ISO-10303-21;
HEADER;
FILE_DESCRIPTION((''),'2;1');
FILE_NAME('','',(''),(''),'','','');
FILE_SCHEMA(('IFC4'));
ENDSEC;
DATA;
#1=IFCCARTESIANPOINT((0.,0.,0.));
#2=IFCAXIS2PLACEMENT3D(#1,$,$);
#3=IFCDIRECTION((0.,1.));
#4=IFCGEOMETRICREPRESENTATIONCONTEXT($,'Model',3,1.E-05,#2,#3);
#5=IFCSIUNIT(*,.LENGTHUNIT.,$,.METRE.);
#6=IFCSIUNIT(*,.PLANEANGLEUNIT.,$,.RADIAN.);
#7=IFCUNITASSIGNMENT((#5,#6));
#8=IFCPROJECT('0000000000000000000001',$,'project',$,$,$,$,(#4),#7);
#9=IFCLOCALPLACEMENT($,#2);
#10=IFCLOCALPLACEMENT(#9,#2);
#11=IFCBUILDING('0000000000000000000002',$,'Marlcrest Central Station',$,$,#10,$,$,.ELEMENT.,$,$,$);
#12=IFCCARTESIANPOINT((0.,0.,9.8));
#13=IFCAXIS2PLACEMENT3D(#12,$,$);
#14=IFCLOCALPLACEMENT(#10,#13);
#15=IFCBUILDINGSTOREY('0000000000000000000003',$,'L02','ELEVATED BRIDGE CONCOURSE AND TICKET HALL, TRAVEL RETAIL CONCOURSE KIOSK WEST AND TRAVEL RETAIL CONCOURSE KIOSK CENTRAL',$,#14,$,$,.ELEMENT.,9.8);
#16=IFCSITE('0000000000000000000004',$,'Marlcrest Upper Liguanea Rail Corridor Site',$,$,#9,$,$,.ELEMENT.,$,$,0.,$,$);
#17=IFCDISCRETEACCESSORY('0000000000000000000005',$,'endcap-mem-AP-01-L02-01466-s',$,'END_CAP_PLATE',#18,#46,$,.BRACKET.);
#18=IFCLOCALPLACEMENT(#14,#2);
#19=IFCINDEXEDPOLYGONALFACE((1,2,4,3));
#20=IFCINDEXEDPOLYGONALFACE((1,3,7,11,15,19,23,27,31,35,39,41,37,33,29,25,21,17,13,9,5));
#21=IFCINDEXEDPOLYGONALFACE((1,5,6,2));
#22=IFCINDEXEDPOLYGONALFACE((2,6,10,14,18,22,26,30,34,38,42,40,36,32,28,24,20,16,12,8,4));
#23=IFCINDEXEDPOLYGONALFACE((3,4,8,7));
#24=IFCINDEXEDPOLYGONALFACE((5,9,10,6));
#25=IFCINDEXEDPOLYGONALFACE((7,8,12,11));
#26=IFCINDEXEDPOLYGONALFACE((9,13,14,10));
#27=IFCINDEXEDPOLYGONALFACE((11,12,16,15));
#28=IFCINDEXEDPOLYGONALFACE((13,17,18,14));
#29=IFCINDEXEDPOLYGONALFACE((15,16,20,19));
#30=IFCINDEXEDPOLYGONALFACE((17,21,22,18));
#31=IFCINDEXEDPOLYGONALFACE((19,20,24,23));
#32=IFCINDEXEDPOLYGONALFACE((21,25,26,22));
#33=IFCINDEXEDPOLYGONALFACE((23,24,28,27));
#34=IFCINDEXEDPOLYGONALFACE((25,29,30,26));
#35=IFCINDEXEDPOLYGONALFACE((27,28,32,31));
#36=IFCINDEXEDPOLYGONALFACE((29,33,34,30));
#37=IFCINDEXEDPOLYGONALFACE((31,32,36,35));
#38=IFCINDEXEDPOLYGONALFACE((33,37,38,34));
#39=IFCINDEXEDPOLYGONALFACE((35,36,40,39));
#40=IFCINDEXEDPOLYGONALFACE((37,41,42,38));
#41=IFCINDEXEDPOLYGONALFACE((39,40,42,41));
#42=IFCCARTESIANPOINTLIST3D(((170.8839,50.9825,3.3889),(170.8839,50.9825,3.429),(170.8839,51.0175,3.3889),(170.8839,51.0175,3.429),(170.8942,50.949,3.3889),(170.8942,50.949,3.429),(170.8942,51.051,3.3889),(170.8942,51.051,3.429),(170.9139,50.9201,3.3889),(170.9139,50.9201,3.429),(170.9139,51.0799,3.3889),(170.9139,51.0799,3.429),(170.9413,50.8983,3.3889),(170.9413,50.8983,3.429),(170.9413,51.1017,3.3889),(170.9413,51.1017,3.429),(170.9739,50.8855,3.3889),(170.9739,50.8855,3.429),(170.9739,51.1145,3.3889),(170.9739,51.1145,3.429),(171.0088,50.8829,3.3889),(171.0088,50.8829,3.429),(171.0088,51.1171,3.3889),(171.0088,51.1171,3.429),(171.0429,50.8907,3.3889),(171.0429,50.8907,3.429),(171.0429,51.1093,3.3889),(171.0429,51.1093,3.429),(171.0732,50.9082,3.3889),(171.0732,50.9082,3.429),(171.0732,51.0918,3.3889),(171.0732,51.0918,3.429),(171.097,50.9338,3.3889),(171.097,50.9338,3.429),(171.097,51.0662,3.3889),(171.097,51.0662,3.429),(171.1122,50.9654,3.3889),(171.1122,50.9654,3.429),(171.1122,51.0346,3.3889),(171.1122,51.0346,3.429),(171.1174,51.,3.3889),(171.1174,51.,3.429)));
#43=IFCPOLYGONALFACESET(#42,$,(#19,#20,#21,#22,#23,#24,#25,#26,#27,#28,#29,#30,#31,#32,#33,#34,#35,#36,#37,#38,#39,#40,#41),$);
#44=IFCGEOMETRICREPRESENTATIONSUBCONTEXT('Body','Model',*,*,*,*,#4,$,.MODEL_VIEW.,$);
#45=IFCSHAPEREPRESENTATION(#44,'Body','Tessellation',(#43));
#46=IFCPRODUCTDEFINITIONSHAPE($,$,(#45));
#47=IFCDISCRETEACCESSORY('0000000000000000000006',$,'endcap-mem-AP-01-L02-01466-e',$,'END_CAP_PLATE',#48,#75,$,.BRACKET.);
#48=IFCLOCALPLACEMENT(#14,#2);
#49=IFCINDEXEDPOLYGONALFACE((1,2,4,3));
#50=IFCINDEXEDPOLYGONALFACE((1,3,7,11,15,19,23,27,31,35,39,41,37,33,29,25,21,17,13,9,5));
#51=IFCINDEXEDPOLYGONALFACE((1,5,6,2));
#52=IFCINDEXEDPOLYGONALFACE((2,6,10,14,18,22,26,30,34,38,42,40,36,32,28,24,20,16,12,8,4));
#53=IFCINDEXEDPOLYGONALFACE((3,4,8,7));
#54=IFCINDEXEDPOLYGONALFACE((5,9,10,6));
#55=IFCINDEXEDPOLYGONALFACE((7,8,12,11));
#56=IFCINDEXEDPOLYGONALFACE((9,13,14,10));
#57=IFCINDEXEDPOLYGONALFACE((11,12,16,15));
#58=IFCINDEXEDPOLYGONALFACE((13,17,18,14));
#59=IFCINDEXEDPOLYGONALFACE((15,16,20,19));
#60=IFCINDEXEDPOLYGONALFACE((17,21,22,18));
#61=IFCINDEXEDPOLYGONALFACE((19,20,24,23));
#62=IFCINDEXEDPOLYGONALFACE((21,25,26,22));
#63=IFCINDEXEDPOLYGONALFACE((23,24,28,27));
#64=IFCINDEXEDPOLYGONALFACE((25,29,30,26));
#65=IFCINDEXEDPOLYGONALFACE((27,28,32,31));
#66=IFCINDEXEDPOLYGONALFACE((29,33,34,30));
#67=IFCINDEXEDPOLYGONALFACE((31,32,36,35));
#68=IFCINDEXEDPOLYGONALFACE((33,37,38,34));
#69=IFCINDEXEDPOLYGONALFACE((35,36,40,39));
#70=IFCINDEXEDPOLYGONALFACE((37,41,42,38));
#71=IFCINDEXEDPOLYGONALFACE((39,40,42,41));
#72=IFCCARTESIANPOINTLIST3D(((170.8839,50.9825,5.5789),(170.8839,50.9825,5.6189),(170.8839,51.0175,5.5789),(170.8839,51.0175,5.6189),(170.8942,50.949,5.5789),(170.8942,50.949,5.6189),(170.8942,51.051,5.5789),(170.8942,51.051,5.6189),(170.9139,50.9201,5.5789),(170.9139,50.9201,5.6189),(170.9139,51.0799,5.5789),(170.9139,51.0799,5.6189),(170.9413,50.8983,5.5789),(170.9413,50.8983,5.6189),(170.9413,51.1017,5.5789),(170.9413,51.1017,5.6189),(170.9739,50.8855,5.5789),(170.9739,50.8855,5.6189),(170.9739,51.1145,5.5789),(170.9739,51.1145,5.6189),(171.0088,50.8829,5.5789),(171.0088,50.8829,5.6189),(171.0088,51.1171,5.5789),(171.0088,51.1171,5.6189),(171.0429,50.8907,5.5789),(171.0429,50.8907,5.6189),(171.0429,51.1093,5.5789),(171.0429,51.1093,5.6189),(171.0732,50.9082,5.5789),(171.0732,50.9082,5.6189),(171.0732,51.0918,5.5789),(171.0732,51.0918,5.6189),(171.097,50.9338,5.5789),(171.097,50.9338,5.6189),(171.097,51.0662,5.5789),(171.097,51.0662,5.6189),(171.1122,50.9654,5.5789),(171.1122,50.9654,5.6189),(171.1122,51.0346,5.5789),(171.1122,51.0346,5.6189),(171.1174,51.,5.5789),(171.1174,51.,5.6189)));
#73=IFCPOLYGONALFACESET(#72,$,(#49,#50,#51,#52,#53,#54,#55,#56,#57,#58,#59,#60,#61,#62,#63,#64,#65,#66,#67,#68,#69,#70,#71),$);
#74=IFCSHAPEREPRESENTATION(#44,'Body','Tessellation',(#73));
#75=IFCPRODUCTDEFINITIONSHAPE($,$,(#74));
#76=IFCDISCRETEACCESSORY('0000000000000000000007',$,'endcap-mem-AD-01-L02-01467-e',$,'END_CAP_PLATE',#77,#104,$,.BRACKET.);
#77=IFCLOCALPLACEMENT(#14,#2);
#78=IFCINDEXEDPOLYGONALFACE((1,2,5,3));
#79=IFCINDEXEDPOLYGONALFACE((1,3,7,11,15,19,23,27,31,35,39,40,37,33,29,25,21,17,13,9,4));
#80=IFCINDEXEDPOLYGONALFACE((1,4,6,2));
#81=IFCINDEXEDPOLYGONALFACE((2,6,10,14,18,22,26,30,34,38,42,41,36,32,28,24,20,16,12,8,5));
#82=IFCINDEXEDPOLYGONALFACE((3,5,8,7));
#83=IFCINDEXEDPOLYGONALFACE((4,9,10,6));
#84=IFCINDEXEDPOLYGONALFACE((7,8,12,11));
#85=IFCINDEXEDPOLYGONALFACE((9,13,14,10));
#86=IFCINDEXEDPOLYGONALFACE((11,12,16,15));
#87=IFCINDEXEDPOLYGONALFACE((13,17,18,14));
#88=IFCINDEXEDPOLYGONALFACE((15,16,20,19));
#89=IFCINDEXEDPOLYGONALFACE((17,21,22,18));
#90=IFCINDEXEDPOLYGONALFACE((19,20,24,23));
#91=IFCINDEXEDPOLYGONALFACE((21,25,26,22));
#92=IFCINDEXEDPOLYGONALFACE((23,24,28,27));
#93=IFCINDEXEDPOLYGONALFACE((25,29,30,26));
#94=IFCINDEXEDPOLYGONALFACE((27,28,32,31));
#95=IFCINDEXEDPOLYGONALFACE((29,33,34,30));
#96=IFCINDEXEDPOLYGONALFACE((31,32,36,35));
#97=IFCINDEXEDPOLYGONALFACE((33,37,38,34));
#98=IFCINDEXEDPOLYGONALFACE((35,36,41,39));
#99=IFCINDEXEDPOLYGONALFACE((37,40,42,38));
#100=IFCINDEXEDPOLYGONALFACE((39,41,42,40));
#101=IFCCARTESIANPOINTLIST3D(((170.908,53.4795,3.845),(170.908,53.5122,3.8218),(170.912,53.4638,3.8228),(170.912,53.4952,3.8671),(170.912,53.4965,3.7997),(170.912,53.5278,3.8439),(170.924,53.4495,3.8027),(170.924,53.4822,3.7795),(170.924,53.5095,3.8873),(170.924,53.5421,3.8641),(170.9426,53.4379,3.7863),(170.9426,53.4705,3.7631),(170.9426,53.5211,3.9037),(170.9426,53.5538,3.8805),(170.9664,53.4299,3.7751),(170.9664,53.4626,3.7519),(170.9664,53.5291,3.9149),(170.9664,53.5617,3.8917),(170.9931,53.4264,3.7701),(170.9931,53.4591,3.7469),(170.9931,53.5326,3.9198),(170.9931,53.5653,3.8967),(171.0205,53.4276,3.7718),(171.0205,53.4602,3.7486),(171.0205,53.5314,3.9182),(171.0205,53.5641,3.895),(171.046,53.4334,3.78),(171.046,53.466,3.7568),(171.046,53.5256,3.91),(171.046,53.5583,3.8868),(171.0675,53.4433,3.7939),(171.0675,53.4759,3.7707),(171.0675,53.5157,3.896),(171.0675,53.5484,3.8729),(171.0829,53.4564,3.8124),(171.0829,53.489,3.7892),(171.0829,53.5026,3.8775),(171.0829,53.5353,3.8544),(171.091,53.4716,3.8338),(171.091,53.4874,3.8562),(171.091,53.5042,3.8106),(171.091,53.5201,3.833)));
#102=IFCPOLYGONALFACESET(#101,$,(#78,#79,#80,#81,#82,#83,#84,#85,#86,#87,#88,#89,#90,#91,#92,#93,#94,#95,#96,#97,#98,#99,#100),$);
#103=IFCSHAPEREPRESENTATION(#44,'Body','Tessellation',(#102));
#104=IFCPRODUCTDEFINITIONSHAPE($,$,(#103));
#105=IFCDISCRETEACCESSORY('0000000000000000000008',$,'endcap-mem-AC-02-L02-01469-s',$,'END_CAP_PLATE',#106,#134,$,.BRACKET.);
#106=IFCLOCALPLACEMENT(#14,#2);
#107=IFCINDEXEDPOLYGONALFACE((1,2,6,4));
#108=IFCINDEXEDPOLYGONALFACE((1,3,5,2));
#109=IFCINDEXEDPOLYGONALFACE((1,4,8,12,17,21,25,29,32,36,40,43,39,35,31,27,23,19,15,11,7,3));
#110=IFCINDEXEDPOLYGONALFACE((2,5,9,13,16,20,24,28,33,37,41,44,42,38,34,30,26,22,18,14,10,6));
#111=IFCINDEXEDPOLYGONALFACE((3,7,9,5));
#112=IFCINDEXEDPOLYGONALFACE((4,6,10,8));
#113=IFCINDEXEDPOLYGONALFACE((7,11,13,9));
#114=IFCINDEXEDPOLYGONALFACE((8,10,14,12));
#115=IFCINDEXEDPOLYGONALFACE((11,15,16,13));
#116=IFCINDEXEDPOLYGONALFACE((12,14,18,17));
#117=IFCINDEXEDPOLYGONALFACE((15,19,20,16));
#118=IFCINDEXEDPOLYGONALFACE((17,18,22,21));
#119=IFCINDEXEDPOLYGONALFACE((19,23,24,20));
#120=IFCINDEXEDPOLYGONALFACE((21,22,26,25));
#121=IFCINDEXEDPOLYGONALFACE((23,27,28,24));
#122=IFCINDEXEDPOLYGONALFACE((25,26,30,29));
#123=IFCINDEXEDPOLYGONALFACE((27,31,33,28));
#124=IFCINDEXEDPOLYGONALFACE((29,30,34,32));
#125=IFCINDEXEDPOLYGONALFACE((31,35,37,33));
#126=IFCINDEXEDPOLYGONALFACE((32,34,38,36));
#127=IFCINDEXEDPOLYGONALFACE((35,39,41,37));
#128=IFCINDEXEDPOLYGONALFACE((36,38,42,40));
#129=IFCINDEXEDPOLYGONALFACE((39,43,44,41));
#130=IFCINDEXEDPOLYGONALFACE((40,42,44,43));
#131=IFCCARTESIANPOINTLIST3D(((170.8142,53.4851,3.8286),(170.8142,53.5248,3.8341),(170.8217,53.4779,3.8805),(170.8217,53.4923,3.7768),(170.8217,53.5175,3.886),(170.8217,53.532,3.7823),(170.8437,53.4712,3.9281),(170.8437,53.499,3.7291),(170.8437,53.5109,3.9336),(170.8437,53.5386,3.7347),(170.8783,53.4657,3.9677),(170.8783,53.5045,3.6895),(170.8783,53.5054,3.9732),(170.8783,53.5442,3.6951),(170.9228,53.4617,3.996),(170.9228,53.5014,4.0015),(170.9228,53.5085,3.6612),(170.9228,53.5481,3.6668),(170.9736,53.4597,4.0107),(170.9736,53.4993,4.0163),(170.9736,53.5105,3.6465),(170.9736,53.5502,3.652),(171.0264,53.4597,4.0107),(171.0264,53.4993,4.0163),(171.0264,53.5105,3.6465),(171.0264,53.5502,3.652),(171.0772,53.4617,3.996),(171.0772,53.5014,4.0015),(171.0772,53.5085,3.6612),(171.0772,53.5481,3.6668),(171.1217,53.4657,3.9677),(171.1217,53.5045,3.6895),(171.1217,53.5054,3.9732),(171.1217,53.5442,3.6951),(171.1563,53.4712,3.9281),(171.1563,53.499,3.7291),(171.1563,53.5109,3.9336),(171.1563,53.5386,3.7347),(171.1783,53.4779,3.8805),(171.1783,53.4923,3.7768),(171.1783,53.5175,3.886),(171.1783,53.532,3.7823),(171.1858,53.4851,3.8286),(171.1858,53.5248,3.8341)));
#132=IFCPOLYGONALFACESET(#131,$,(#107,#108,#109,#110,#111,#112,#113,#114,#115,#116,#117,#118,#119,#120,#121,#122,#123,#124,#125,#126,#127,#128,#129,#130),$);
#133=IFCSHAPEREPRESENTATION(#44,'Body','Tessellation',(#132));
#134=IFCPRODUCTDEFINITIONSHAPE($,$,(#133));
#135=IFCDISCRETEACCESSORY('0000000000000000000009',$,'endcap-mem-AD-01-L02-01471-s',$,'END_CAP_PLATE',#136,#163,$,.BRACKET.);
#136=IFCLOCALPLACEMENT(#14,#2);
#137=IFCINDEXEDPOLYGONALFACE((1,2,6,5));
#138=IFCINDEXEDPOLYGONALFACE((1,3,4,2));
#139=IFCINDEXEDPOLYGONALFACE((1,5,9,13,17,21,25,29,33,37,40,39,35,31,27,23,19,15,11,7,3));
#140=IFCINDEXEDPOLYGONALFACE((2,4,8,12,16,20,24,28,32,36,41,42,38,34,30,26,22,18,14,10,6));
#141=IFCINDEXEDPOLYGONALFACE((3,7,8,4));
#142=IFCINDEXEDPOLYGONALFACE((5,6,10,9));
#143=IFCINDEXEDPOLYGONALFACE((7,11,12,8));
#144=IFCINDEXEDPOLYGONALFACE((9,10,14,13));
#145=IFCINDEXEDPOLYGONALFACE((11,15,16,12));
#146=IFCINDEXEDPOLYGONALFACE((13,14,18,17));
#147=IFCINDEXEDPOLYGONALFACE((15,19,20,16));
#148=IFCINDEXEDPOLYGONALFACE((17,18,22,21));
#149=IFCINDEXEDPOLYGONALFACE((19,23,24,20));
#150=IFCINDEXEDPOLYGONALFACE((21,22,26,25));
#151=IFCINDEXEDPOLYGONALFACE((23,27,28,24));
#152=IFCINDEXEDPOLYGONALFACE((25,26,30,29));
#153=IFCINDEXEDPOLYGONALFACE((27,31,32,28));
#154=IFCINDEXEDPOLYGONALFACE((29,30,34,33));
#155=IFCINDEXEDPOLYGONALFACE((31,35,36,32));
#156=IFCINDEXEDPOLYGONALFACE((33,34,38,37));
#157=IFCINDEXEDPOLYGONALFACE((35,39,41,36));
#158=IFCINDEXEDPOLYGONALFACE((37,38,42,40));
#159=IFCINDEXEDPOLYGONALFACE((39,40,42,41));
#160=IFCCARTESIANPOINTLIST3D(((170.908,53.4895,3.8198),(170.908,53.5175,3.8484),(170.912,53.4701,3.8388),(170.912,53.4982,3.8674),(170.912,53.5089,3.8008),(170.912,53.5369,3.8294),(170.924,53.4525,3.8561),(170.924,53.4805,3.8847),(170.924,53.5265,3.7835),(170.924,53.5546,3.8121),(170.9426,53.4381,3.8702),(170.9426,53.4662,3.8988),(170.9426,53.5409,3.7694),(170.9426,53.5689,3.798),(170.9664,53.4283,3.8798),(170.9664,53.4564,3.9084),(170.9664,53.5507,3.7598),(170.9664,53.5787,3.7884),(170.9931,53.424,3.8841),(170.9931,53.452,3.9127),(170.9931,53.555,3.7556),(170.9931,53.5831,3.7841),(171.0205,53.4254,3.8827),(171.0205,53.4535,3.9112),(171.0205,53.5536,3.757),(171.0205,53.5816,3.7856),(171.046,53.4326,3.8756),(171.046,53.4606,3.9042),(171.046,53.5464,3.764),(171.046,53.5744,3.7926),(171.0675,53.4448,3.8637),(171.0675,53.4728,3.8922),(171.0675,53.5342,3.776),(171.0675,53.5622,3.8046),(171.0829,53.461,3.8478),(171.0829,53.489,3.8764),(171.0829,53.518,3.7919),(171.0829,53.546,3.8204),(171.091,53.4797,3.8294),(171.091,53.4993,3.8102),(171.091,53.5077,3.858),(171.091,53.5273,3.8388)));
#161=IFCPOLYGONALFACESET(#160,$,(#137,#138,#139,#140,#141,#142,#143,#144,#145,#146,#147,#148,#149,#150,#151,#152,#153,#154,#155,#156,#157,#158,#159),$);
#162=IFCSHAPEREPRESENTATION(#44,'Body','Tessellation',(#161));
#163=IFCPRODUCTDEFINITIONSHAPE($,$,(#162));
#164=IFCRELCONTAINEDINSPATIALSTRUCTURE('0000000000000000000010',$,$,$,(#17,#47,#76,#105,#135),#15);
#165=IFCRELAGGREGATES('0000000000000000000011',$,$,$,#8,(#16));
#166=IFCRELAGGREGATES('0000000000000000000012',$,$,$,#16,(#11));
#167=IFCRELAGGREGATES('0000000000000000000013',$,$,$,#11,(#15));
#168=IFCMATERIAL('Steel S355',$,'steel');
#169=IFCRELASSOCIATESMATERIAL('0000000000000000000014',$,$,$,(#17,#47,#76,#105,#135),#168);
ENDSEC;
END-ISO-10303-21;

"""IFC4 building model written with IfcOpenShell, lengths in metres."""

from ifc_helpers import new_model, si_unit, direction, frame, origin, origin_2d, place, context, subcontext, project, spatial, circle, extrude, material, element, save


model = new_model("IFC4")

# Units and contexts
model_context = context("Model", 3, precision=1e-05, world=origin(), true_north=direction((0.0, 1.0)))
body_context = subcontext(model_context, "Body", "Model", "MODEL_VIEW")
ifc_project = project(units=[si_unit("LENGTHUNIT", "METRE"), si_unit("PLANEANGLEUNIT", "RADIAN")], contexts=[model_context])

# Site, building, storey
site_placement = place(None, origin())
site = spatial("IfcSite", under=ifc_project, at=site_placement, Name="Marlcrest Upper Liguanea Rail Corridor Site", CompositionType="ELEMENT", RefElevation=0.0)
building_placement = place(site_placement, origin())
building = spatial("IfcBuilding", under=site, at=building_placement, Name="Marlcrest Central Station", CompositionType="ELEMENT")
storey_placement = place(building_placement, frame((0.0, 0.0, 9.8)))
storey = spatial("IfcBuildingStorey", under=building, at=storey_placement, Name="L02", Description="ELEVATED BRIDGE CONCOURSE AND TICKET HALL, TRAVEL RETAIL CONCOURSE KIOSK WEST AND TRAVEL RETAIL CONCOURSE KIOSK CENTRAL", CompositionType="ELEMENT", Elevation=9.8)

# Shared definitions
ifc_material = material(Name="Steel S355", Category="steel")

# Discrete accessories
for number, where, z_axis, x_axis, name in (
    (1, (171.0, 51.0, 3.3889), (0.0, 0.0, 1.0), (1.0, 0.0, 0.0), "endcap-mem-AP-01-L02-01466-s"),
    (2, (171.0, 51.0, 5.5789), (0.0, 0.0, 1.0), (1.0, 0.0, 0.0), "endcap-mem-AP-01-L02-01466-e"),
):
    element("IfcDiscreteAccessory", number, at=place(storey_placement, frame(where, z_axis=z_axis, x_axis=x_axis)), inside=storey, material=ifc_material, Name=name, ObjectType="END_CAP_PLATE", PredefinedType="BRACKET", context=body_context, shape_type="SweptSolid", body=[
        extrude(circle(Radius=0.1174, at=origin_2d()), origin(), (0.0, 0.0, 1.0), 0.04),
    ])
discrete_accessory_1_placement = place(storey_placement, frame((171.0, 53.4795, 3.845), z_axis=(0.0, 0.815661, -0.57853), x_axis=(-1.0, 0.0, 0.0)))
element("IfcDiscreteAccessory", 3, at=discrete_accessory_1_placement, inside=storey, material=ifc_material, Name="endcap-mem-AD-01-L02-01467-e", ObjectType="END_CAP_PLATE", PredefinedType="BRACKET", context=body_context, shape_type="SweptSolid", body=[
    extrude(circle(Radius=0.092, at=origin_2d()), origin(), (0.0, 0.0, 1.0), 0.04),
])
discrete_accessory_2_placement = place(storey_placement, frame((171.0, 53.4851, 3.8286), z_axis=(0.0, 0.990403, 0.138211), x_axis=(-1.0, 0.0, 0.0)))
element("IfcDiscreteAccessory", 4, at=discrete_accessory_2_placement, inside=storey, material=ifc_material, Name="endcap-mem-AC-02-L02-01469-s", ObjectType="END_CAP_PLATE", PredefinedType="BRACKET", context=body_context, shape_type="SweptSolid", body=[
    extrude(circle(Radius=0.1858, at=origin_2d()), origin(), (0.0, 0.0, 1.0), 0.04),
])
discrete_accessory_3_placement = place(storey_placement, frame((171.0, 53.4895, 3.8198), z_axis=(0.0, 0.700235, 0.713912), x_axis=(-1.0, 0.0, 0.0)))
element("IfcDiscreteAccessory", 5, at=discrete_accessory_3_placement, inside=storey, material=ifc_material, Name="endcap-mem-AD-01-L02-01471-s", ObjectType="END_CAP_PLATE", PredefinedType="BRACKET", context=body_context, shape_type="SweptSolid", body=[
    extrude(circle(Radius=0.092, at=origin_2d()), origin(), (0.0, 0.0, 1.0), 0.04),
])

save(model, "model.ifc")
